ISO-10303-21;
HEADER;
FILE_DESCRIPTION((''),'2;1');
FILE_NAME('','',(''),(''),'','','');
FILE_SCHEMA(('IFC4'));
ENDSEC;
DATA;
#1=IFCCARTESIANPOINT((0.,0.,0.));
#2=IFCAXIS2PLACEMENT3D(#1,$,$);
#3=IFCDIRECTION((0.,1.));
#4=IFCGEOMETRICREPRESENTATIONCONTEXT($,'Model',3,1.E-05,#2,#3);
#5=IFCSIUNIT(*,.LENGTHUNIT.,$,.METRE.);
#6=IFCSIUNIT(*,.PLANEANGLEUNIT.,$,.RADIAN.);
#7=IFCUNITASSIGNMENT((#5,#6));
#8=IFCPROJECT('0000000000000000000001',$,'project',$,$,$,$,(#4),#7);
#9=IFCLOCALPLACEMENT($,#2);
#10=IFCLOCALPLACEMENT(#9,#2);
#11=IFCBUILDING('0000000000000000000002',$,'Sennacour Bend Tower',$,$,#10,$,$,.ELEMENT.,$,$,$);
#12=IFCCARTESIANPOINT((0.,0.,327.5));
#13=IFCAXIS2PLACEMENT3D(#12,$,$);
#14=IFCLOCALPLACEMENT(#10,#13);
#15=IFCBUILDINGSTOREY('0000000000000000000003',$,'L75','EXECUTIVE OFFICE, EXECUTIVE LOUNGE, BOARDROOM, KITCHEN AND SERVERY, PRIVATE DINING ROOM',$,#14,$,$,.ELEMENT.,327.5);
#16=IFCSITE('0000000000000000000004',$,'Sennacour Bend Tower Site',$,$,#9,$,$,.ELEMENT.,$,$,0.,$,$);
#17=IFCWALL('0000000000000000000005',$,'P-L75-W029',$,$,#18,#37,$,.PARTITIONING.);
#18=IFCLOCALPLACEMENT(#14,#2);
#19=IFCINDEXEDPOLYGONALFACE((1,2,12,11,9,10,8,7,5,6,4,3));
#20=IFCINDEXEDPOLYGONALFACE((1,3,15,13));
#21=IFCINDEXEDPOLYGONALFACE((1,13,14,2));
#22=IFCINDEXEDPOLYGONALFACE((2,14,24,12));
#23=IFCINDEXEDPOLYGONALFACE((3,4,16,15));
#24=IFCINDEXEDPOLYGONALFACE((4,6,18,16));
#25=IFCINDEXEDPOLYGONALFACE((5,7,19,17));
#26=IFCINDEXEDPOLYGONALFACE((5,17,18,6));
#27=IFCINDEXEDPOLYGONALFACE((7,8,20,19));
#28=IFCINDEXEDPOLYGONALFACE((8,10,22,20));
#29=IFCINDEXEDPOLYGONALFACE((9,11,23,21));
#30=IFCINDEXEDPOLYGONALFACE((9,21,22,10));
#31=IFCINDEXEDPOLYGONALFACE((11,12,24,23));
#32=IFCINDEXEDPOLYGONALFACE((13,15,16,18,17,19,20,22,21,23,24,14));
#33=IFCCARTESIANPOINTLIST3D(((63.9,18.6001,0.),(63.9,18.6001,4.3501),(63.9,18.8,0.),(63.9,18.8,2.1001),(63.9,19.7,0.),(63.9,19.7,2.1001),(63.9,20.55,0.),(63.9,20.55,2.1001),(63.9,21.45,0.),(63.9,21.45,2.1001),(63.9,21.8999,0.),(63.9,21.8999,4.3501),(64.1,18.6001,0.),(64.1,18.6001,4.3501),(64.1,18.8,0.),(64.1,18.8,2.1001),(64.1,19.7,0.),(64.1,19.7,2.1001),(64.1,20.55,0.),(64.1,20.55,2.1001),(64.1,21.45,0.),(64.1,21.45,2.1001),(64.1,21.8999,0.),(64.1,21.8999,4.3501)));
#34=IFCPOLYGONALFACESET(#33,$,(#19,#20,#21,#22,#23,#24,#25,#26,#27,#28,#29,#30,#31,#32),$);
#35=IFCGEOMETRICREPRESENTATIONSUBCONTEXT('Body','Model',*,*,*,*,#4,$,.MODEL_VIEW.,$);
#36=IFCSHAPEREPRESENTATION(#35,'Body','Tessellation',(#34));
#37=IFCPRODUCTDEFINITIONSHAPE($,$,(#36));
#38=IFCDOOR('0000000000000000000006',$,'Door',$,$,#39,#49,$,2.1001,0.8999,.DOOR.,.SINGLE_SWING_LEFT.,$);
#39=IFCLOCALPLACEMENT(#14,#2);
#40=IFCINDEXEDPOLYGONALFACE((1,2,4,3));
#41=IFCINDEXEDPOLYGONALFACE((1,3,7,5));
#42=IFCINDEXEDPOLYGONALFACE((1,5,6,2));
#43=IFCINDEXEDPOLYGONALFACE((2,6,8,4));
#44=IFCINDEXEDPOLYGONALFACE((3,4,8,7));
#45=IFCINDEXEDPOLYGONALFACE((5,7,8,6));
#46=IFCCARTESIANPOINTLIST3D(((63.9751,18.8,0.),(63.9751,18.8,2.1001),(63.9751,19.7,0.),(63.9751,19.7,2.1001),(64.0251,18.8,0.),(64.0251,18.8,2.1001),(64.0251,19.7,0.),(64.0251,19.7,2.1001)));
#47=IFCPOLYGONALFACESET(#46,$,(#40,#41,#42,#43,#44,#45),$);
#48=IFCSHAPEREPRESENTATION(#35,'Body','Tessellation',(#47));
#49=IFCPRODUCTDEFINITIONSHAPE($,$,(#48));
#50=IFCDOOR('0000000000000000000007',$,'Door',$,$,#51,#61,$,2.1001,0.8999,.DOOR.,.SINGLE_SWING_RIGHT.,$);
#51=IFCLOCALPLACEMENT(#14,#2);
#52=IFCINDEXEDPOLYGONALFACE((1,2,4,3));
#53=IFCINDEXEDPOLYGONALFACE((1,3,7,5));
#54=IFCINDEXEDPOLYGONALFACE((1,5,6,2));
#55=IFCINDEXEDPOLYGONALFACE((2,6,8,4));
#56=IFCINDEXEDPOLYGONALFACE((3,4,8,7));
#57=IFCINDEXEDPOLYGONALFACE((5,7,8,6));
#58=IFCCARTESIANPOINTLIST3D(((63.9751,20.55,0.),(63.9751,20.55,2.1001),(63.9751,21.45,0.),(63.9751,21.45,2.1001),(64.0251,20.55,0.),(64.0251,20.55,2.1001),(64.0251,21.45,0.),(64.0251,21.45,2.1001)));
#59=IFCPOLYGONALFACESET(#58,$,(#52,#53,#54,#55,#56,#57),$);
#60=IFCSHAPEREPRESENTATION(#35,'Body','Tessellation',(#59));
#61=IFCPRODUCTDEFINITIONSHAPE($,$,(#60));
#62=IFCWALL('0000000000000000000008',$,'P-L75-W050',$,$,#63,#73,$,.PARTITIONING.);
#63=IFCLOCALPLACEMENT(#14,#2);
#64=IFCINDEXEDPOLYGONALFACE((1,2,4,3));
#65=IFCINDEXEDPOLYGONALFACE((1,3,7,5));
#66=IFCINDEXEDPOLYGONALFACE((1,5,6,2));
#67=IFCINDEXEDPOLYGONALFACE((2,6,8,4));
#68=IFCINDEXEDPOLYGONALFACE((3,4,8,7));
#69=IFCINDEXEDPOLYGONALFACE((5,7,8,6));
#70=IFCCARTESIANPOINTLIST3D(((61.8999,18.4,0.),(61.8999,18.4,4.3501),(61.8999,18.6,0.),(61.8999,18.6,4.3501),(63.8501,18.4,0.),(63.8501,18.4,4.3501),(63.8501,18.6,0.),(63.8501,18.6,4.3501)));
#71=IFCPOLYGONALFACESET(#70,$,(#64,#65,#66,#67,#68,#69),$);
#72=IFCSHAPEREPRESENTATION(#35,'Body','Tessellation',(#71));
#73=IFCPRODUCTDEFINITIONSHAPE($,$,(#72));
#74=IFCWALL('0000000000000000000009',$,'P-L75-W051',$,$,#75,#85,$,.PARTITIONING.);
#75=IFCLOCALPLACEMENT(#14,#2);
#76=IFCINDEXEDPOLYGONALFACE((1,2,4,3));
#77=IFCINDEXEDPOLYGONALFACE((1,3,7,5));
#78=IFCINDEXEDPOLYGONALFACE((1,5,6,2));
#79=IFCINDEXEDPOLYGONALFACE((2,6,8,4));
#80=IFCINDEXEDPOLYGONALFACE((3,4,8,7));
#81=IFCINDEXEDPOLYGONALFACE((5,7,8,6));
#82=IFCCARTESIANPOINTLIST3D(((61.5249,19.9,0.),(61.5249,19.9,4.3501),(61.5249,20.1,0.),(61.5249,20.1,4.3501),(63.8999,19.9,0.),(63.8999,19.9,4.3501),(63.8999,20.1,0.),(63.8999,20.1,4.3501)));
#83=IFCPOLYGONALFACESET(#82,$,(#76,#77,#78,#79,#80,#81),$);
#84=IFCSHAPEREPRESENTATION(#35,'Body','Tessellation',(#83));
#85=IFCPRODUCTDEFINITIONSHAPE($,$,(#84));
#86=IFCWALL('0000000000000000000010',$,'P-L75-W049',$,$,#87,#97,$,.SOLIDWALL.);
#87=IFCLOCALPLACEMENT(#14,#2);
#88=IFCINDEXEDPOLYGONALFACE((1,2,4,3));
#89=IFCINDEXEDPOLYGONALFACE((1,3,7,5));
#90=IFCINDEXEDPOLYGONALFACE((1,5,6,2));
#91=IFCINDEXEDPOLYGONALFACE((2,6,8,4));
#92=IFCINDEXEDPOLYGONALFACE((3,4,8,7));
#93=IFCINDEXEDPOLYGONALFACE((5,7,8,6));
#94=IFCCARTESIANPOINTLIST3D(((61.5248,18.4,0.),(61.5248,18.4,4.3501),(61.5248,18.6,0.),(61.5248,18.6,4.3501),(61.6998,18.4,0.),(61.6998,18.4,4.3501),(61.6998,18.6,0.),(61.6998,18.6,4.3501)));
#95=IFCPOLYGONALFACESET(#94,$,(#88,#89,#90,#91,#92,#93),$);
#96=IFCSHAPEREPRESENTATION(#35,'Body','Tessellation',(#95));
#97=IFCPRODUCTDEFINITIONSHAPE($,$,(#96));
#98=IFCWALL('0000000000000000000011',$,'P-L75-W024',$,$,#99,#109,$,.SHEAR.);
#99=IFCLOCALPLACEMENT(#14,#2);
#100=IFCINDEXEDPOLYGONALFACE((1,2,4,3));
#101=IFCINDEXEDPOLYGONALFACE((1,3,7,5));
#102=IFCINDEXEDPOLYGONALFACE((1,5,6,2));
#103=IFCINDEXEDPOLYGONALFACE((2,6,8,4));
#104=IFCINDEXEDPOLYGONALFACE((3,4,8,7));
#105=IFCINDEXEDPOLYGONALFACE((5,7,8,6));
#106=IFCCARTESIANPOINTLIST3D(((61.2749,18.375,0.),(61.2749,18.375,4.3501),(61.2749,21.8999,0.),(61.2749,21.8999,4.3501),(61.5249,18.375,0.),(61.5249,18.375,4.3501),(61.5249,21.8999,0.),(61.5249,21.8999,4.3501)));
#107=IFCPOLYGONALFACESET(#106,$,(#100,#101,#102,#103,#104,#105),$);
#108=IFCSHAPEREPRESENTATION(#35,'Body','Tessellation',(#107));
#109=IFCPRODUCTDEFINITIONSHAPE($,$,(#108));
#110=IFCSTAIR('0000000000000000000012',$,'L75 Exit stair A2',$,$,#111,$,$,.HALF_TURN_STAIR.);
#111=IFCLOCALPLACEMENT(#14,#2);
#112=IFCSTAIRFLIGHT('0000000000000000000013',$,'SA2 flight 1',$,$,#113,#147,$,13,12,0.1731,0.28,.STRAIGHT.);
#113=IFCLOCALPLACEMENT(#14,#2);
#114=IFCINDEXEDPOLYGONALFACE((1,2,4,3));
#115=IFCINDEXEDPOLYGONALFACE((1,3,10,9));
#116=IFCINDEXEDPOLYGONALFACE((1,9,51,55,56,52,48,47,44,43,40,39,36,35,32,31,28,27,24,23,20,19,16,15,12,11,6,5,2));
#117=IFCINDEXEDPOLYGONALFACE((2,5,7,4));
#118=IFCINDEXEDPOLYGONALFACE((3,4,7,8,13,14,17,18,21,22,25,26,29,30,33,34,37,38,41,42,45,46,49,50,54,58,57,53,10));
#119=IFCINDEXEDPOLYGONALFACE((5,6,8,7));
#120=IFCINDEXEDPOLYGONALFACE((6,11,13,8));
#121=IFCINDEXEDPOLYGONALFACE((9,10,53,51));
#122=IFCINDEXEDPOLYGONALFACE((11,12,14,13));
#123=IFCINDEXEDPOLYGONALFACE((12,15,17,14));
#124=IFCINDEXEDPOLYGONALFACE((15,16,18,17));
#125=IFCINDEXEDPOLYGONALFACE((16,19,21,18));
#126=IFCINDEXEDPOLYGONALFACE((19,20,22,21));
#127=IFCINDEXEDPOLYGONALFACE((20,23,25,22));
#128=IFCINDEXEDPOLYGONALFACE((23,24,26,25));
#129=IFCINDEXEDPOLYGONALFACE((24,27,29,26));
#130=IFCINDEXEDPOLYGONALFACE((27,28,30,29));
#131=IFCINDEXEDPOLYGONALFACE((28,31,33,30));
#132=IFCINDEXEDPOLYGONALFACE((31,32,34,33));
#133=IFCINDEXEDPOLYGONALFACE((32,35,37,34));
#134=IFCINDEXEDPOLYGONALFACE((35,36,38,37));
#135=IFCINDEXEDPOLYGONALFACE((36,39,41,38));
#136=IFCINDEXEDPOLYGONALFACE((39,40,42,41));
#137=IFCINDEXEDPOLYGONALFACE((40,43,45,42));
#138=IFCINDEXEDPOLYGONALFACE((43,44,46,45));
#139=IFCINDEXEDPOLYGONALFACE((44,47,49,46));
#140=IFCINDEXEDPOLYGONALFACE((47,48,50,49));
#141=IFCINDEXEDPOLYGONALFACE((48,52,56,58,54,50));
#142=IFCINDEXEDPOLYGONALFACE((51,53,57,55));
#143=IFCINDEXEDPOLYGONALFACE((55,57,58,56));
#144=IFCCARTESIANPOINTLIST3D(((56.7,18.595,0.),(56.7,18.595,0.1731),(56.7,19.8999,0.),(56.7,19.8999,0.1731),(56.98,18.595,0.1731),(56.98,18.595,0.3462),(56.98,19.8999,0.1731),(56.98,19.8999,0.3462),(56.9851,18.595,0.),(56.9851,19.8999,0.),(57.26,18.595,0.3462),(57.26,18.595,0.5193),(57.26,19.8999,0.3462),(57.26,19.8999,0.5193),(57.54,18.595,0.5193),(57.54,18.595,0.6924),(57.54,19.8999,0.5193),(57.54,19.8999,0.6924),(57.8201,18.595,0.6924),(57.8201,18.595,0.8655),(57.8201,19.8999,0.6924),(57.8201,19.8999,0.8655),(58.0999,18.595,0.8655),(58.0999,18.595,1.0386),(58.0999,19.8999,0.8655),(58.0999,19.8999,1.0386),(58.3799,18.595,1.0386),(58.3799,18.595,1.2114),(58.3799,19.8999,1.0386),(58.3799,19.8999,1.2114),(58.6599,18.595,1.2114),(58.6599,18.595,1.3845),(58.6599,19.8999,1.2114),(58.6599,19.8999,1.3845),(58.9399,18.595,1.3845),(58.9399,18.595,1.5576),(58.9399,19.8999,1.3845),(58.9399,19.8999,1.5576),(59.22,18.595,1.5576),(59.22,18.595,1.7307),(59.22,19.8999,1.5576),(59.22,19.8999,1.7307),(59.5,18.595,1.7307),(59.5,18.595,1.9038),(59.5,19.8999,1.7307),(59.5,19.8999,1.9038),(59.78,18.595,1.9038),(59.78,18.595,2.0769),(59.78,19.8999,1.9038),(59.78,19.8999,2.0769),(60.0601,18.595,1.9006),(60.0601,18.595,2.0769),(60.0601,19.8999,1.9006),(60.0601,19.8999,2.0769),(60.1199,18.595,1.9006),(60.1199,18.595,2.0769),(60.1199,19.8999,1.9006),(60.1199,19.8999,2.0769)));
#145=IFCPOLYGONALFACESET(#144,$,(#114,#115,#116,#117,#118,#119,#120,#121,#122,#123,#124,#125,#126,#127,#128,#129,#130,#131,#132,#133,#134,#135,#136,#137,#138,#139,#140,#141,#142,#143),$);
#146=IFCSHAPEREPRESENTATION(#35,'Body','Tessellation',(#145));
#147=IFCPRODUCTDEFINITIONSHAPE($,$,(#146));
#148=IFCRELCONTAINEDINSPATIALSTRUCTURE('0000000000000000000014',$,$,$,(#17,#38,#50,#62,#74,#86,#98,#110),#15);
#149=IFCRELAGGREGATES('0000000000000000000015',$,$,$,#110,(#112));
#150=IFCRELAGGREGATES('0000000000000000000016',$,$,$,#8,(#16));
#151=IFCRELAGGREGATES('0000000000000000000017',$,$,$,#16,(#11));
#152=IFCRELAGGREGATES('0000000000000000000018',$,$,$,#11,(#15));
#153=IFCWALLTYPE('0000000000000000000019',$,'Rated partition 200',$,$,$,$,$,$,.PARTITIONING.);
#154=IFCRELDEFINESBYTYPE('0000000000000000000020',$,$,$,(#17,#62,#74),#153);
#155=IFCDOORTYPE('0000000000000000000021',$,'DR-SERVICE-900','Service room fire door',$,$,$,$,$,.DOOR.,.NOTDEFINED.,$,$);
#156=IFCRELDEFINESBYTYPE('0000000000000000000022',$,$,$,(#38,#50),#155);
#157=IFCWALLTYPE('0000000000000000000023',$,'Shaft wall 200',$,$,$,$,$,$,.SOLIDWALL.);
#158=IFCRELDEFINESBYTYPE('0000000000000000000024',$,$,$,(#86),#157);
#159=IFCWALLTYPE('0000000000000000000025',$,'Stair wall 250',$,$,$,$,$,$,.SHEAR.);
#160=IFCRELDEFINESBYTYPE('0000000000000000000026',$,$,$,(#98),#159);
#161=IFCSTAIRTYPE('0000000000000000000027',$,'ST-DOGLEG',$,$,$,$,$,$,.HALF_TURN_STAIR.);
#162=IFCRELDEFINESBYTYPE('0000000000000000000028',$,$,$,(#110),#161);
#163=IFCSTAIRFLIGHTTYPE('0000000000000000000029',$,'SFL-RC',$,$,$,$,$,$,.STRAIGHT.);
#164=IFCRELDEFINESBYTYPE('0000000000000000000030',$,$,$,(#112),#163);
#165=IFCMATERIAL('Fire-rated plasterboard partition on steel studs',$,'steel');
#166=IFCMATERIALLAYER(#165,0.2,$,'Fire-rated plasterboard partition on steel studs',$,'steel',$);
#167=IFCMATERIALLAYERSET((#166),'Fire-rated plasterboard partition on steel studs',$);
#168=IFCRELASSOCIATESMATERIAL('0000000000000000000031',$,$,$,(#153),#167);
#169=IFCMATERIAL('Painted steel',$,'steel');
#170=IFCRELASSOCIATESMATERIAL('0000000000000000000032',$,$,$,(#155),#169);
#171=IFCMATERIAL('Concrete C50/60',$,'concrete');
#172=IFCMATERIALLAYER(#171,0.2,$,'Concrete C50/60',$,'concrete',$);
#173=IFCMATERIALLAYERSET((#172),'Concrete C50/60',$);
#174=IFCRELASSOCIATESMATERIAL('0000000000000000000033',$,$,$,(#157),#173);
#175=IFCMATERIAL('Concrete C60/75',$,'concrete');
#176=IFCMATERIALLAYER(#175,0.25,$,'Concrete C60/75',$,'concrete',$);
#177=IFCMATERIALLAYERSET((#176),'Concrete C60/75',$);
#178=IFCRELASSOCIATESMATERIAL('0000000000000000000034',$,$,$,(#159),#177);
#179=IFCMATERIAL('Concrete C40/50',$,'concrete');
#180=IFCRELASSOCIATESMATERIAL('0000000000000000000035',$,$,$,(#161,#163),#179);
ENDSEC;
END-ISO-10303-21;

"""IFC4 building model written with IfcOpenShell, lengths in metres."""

from ifc_helpers import new_model, si_unit, direction, frame, frame_2d, origin, place, context, subcontext, project, spatial, polyline, rectangle, outline, extrude, material, layer, layer_set, type_object, element, fill, aggregate, save


model = new_model("IFC4")

# Units and contexts
model_context = context("Model", 3, precision=1e-05, world=origin(), true_north=direction((0.0, 1.0)))
body_context = subcontext(model_context, "Body", "Model", "MODEL_VIEW")
ifc_project = project(units=[si_unit("LENGTHUNIT", "METRE"), si_unit("PLANEANGLEUNIT", "RADIAN")], contexts=[model_context])

# Site, building, storey
site_placement = place(None, origin())
site = spatial("IfcSite", under=ifc_project, at=site_placement, Name="Sennacour Bend Tower Site", CompositionType="ELEMENT", RefElevation=0.0)
building_placement = place(site_placement, origin())
building = spatial("IfcBuilding", under=site, at=building_placement, Name="Sennacour Bend Tower", CompositionType="ELEMENT")
storey_placement = place(building_placement, frame((0.0, 0.0, 327.5)))
storey = spatial("IfcBuildingStorey", under=building, at=storey_placement, Name="L75", Description="EXECUTIVE OFFICE, EXECUTIVE LOUNGE, BOARDROOM, KITCHEN AND SERVERY, PRIVATE DINING ROOM", CompositionType="ELEMENT", Elevation=327.5)

# Wall, openings, doors
ifc_material_1 = material(Name="Fire-rated plasterboard partition on steel studs", Category="steel")
ifc_layer_1 = layer(ifc_material_1, 0.2, Name="Fire-rated plasterboard partition on steel studs", Category="steel")
ifc_layer_set_1 = layer_set([ifc_layer_1], Name="Fire-rated plasterboard partition on steel studs")
wall_type_1 = type_object("IfcWallType", Name="Rated partition 200", PredefinedType="PARTITIONING", material=ifc_layer_set_1)
wall_1_placement = place(storey_placement, frame((64.0, 18.6001, 0.0), z_axis=(0.0, 0.0, 1.0), x_axis=(0.0, 1.0, 0.0)))
wall_1 = element("IfcWall", 1, at=wall_1_placement, inside=storey, type_object=wall_type_1, Name="P-L75-W029", PredefinedType="PARTITIONING", context=body_context, shape_type="SweptSolid", body=[
    extrude(rectangle(XDim=3.2998, YDim=0.2, at=frame_2d((1.6499, 0.0))), origin(), (0.0, 0.0, 1.0), 4.3501),
])
opening_1_placement = place(wall_1_placement, frame((0.2, 0.0, 0.0)))
opening_1 = element("IfcOpeningElement", 2, at=opening_1_placement, cuts=wall_1, PredefinedType="OPENING", context=body_context, shape_type="SweptSolid", body=[
    extrude(rectangle(XDim=0.8999, YDim=2.1001, at=frame_2d((0.45, 1.05))), frame((0.0, 0.1099, 0.0), z_axis=(0.0, -1.0, 0.0), x_axis=(1.0, 0.0, 0.0)), (0.0, 0.0, 1.0), 0.22),
])
opening_2_placement = place(wall_1_placement, frame((1.95, 0.0, 0.0)))
opening_2 = element("IfcOpeningElement", 3, at=opening_2_placement, cuts=wall_1, PredefinedType="OPENING", context=body_context, shape_type="SweptSolid", body=[
    extrude(rectangle(XDim=0.8999, YDim=2.1001, at=frame_2d((0.45, 1.05))), frame((0.0, 0.1099, 0.0), z_axis=(0.0, -1.0, 0.0), x_axis=(1.0, 0.0, 0.0)), (0.0, 0.0, 1.0), 0.22),
])
ifc_material_2 = material(Name="Painted steel", Category="steel")
door_type = type_object("IfcDoorType", Name="DR-SERVICE-900", Description="Service room fire door", OperationType="NOTDEFINED", PredefinedType="DOOR", material=ifc_material_2)
door_1_placement = place(opening_1_placement, origin())
door_1 = element("IfcDoor", 4, at=door_1_placement, inside=storey, type_object=door_type, Name="Door", OperationType="SINGLE_SWING_LEFT", OverallHeight=2.1001, OverallWidth=0.8999, PredefinedType="DOOR", context=body_context, shape_type="SweptSolid", body=[
    extrude(rectangle(XDim=0.8999, YDim=2.1001, at=frame_2d((0.45, 1.05))), frame((0.0, 0.0249, 0.0), z_axis=(0.0, -1.0, 0.0), x_axis=(1.0, 0.0, 0.0)), (0.0, 0.0, 1.0), 0.05),
])
fill(opening_1, door_1)
door_2_placement = place(opening_2_placement, origin())
door_2 = element("IfcDoor", 5, at=door_2_placement, inside=storey, type_object=door_type, Name="Door", OperationType="SINGLE_SWING_RIGHT", OverallHeight=2.1001, OverallWidth=0.8999, PredefinedType="DOOR", context=body_context, shape_type="SweptSolid", body=[
    extrude(rectangle(XDim=0.8999, YDim=2.1001, at=frame_2d((0.45, 1.05))), frame((0.0, 0.0249, 0.0), z_axis=(0.0, -1.0, 0.0), x_axis=(1.0, 0.0, 0.0)), (0.0, 0.0, 1.0), 0.05),
])
fill(opening_2, door_2)

# Walls
wall_2_placement = place(storey_placement, frame((61.8999, 18.5, 0.0), z_axis=(0.0, 0.0, 1.0), x_axis=(1.0, 0.0, 0.0)))
element("IfcWall", 6, at=wall_2_placement, inside=storey, type_object=wall_type_1, Name="P-L75-W050", PredefinedType="PARTITIONING", context=body_context, shape_type="SweptSolid", body=[
    extrude(rectangle(XDim=1.9502, YDim=0.2, at=frame_2d((0.9751, 0.0))), origin(), (0.0, 0.0, 1.0), 4.3501),
])
wall_3_placement = place(storey_placement, frame((61.5249, 20.0, 0.0), z_axis=(0.0, 0.0, 1.0), x_axis=(1.0, 0.0, 0.0)))
element("IfcWall", 7, at=wall_3_placement, inside=storey, type_object=wall_type_1, Name="P-L75-W051", PredefinedType="PARTITIONING", context=body_context, shape_type="SweptSolid", body=[
    extrude(rectangle(XDim=2.375, YDim=0.2, at=frame_2d((1.1875, 0.0))), origin(), (0.0, 0.0, 1.0), 4.3501),
])
ifc_material_3 = material(Name="Concrete C50/60", Category="concrete")
ifc_layer_2 = layer(ifc_material_3, 0.2, Name="Concrete C50/60", Category="concrete")
ifc_layer_set_2 = layer_set([ifc_layer_2], Name="Concrete C50/60")
wall_type_2 = type_object("IfcWallType", Name="Shaft wall 200", PredefinedType="SOLIDWALL", material=ifc_layer_set_2)
wall_4_placement = place(storey_placement, frame((61.5249, 18.5, 0.0), z_axis=(0.0, 0.0, 1.0), x_axis=(1.0, 0.0, 0.0)))
element("IfcWall", 8, at=wall_4_placement, inside=storey, type_object=wall_type_2, Name="P-L75-W049", PredefinedType="SOLIDWALL", context=body_context, shape_type="SweptSolid", body=[
    extrude(rectangle(XDim=0.175, YDim=0.2, at=frame_2d((0.0874, 0.0))), origin(), (0.0, 0.0, 1.0), 4.3501),
])
ifc_material_4 = material(Name="Concrete C60/75", Category="concrete")
ifc_layer_3 = layer(ifc_material_4, 0.25, Name="Concrete C60/75", Category="concrete")
ifc_layer_set_3 = layer_set([ifc_layer_3], Name="Concrete C60/75")
wall_type_3 = type_object("IfcWallType", Name="Stair wall 250", PredefinedType="SHEAR", material=ifc_layer_set_3)
wall_5_placement = place(storey_placement, frame((61.3999, 18.375, 0.0), z_axis=(0.0, 0.0, 1.0), x_axis=(0.0, 1.0, 0.0)))
element("IfcWall", 9, at=wall_5_placement, inside=storey, type_object=wall_type_3, Name="P-L75-W024", PredefinedType="SHEAR", context=body_context, shape_type="SweptSolid", body=[
    extrude(rectangle(XDim=3.5249, YDim=0.25, at=frame_2d((1.7625, 0.0))), origin(), (0.0, 0.0, 1.0), 4.3501),
])

# Stair, stair flight
ifc_material_5 = material(Name="Concrete C40/50", Category="concrete")
stair_type = type_object("IfcStairType", Name="ST-DOGLEG", PredefinedType="HALF_TURN_STAIR", material=ifc_material_5)
stair_placement = place(storey_placement, origin())
stair = element("IfcStair", 10, at=stair_placement, inside=storey, type_object=stair_type, Name="L75 Exit stair A2", PredefinedType="HALF_TURN_STAIR")
stair_flight_type = type_object("IfcStairFlightType", Name="SFL-RC", PredefinedType="STRAIGHT", material=ifc_material_5)
stair_flight_1_placement = place(storey_placement, frame((56.7, 19.2476, 0.0), z_axis=(0.0, 0.0, 1.0), x_axis=(1.0, 0.0, 0.0)))
stair_flight_1 = element("IfcStairFlight", 11, at=stair_flight_1_placement, type_object=stair_flight_type, Name="SA2 flight 1", NumberOfRisers=13, NumberOfTreads=12, PredefinedType="STRAIGHT", RiserHeight=0.1731, TreadLength=0.28, context=body_context, shape_type="SweptSolid", body=[
    extrude(outline(polyline([(0.0, 0.0), (0.0, 0.1731), (0.28, 0.1731), (0.28, 0.3462), (0.5601, 0.3462), (0.5601, 0.5193), (0.8401, 0.5193), (0.8401, 0.6924), (1.1201, 0.6924), (1.1201, 0.8655), (1.3999, 0.8655), (1.3999, 1.0386), (1.6799, 1.0386), (1.6799, 1.2114), (1.96, 1.2114), (1.96, 1.3845), (2.24, 1.3845), (2.24, 1.5576), (2.52, 1.5576), (2.52, 1.7307), (2.8, 1.7307), (2.8, 1.9038), (3.0801, 1.9038), (3.0801, 2.0769), (3.3601, 2.0769), (3.4199, 2.0769), (3.4199, 1.9006), (3.3601, 1.9006), (0.2852, 0.0), (0.0, 0.0)])), frame((0.0, 0.6523, 0.0), z_axis=(0.0, -1.0, 0.0), x_axis=(1.0, 0.0, 0.0)), (0.0, 0.0, 1.0), 1.3049),
])
aggregate(stair, [stair_flight_1])

save(model, "model.ifc")
